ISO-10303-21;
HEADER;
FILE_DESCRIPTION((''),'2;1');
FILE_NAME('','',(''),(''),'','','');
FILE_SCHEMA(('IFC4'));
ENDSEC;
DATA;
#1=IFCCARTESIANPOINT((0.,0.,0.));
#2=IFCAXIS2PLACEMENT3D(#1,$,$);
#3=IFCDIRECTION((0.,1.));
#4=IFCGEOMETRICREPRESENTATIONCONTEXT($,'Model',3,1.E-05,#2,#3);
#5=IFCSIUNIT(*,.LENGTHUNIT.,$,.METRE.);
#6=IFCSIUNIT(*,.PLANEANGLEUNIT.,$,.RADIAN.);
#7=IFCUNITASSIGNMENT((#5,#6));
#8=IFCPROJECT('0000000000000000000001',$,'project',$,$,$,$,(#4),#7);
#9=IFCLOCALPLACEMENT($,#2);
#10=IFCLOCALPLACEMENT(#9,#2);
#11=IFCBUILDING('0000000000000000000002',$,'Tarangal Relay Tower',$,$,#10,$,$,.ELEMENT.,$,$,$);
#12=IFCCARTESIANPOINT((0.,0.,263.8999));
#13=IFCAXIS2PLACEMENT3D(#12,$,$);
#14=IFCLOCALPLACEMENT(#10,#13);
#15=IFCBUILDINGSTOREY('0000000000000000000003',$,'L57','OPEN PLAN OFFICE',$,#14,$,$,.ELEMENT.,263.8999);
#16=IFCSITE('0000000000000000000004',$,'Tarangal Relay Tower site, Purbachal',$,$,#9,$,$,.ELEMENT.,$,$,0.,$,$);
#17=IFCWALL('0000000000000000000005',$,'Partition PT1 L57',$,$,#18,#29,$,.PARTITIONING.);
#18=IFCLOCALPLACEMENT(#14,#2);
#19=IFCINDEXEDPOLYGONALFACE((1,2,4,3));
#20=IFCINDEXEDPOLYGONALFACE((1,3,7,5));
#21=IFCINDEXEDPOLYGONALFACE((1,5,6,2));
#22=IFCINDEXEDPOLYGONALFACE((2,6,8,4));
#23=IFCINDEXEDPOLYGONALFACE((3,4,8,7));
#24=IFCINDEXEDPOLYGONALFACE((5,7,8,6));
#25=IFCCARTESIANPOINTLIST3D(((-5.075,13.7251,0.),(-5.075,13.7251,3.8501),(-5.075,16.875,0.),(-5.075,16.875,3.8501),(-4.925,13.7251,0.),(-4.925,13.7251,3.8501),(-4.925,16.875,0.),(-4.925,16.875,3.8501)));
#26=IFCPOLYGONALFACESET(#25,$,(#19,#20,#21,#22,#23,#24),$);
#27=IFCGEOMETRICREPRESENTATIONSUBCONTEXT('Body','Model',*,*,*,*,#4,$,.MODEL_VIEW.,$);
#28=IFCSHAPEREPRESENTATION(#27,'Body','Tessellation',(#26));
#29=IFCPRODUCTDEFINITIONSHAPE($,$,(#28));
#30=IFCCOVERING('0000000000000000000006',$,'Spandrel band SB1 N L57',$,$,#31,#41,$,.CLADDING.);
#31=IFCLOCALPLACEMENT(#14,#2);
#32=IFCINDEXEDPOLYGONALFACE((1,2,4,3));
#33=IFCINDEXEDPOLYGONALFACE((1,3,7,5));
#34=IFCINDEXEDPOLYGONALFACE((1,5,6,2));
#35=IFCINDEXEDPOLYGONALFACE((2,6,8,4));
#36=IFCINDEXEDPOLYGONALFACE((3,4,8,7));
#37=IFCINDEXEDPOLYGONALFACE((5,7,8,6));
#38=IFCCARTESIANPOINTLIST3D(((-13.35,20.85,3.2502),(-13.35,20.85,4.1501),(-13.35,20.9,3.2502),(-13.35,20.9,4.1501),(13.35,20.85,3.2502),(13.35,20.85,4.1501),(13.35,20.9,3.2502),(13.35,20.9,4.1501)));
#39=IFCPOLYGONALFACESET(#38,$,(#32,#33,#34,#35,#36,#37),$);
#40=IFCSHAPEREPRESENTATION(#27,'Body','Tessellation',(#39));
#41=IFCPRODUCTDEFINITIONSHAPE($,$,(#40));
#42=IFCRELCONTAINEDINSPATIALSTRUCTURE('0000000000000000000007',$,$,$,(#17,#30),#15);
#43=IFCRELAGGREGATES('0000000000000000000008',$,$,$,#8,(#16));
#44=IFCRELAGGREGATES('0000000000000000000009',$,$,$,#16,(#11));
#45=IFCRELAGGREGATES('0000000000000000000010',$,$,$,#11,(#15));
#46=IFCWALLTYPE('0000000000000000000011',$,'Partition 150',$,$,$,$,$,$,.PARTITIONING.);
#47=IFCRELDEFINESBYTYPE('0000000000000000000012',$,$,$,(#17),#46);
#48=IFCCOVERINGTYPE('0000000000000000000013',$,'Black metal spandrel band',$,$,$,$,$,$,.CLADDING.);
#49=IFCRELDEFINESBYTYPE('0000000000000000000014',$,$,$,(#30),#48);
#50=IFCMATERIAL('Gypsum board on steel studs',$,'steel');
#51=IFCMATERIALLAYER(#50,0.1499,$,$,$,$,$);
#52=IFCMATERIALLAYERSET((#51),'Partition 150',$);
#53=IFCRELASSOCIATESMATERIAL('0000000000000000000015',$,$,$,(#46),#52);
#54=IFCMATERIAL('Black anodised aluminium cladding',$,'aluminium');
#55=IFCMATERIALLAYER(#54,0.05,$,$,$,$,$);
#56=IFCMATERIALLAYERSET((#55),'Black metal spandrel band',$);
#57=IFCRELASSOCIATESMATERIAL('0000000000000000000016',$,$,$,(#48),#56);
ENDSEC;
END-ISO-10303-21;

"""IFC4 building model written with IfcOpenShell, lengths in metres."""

from ifc_helpers import new_model, si_unit, direction, frame, frame_2d, origin, origin_2d, place, context, subcontext, project, spatial, rectangle, extrude, material, layer, layer_set, type_object, element, save


model = new_model("IFC4")

# Units and contexts
model_context = context("Model", 3, precision=1e-05, world=origin(), true_north=direction((0.0, 1.0)))
body_context = subcontext(model_context, "Body", "Model", "MODEL_VIEW")
ifc_project = project(units=[si_unit("LENGTHUNIT", "METRE"), si_unit("PLANEANGLEUNIT", "RADIAN")], contexts=[model_context])

# Site, building, storey
site_placement = place(None, origin())
site = spatial("IfcSite", under=ifc_project, at=site_placement, Name="Tarangal Relay Tower site, Purbachal", CompositionType="ELEMENT", RefElevation=0.0)
building_placement = place(site_placement, origin())
building = spatial("IfcBuilding", under=site, at=building_placement, Name="Tarangal Relay Tower", CompositionType="ELEMENT")
storey_placement = place(building_placement, frame((0.0, 0.0, 263.8999)))
storey = spatial("IfcBuildingStorey", under=building, at=storey_placement, Name="L57", Description="OPEN PLAN OFFICE", CompositionType="ELEMENT", Elevation=263.8999)

# Shared definitions
ifc_material_1 = material(Name="Gypsum board on steel studs", Category="steel")
ifc_layer_1 = layer(ifc_material_1, 0.1499)
ifc_layer_set_1 = layer_set([ifc_layer_1], Name="Partition 150")
wall_type_1 = type_object("IfcWallType", Name="Partition 150", PredefinedType="PARTITIONING", material=ifc_layer_set_1)

# Wall
wall_1_placement = place(storey_placement, frame((-5.0, 13.7251, 0.0), z_axis=(0.0, 0.0, 1.0), x_axis=(0.0, 1.0, 0.0)))
element("IfcWall", 1, at=wall_1_placement, inside=storey, type_object=wall_type_1, Name="Partition PT1 L57", PredefinedType="PARTITIONING", context=body_context, shape_type="SweptSolid", body=[
    extrude(rectangle(XDim=3.1499, YDim=0.1499, at=frame_2d((1.575, 0.0))), origin(), (0.0, 0.0, 1.0), 3.8501),
])

# Covering
ifc_material_2 = material(Name="Black anodised aluminium cladding", Category="aluminium")
ifc_layer_2 = layer(ifc_material_2, 0.05)
ifc_layer_set_2 = layer_set([ifc_layer_2], Name="Black metal spandrel band")
covering_type = type_object("IfcCoveringType", Name="Black metal spandrel band", PredefinedType="CLADDING", material=ifc_layer_set_2)
covering_placement = place(storey_placement, frame((0.0, 20.875, 3.2502), z_axis=(0.0, 0.0, 1.0), x_axis=(1.0, 0.0, 0.0)))
element("IfcCovering", 2, at=covering_placement, inside=storey, type_object=covering_type, Name="Spandrel band SB1 N L57", PredefinedType="CLADDING", context=body_context, shape_type="SweptSolid", body=[
    extrude(rectangle(XDim=26.7, YDim=0.05, at=origin_2d()), origin(), (0.0, 0.0, 1.0), 0.8999),
])

save(model, "model.ifc")
